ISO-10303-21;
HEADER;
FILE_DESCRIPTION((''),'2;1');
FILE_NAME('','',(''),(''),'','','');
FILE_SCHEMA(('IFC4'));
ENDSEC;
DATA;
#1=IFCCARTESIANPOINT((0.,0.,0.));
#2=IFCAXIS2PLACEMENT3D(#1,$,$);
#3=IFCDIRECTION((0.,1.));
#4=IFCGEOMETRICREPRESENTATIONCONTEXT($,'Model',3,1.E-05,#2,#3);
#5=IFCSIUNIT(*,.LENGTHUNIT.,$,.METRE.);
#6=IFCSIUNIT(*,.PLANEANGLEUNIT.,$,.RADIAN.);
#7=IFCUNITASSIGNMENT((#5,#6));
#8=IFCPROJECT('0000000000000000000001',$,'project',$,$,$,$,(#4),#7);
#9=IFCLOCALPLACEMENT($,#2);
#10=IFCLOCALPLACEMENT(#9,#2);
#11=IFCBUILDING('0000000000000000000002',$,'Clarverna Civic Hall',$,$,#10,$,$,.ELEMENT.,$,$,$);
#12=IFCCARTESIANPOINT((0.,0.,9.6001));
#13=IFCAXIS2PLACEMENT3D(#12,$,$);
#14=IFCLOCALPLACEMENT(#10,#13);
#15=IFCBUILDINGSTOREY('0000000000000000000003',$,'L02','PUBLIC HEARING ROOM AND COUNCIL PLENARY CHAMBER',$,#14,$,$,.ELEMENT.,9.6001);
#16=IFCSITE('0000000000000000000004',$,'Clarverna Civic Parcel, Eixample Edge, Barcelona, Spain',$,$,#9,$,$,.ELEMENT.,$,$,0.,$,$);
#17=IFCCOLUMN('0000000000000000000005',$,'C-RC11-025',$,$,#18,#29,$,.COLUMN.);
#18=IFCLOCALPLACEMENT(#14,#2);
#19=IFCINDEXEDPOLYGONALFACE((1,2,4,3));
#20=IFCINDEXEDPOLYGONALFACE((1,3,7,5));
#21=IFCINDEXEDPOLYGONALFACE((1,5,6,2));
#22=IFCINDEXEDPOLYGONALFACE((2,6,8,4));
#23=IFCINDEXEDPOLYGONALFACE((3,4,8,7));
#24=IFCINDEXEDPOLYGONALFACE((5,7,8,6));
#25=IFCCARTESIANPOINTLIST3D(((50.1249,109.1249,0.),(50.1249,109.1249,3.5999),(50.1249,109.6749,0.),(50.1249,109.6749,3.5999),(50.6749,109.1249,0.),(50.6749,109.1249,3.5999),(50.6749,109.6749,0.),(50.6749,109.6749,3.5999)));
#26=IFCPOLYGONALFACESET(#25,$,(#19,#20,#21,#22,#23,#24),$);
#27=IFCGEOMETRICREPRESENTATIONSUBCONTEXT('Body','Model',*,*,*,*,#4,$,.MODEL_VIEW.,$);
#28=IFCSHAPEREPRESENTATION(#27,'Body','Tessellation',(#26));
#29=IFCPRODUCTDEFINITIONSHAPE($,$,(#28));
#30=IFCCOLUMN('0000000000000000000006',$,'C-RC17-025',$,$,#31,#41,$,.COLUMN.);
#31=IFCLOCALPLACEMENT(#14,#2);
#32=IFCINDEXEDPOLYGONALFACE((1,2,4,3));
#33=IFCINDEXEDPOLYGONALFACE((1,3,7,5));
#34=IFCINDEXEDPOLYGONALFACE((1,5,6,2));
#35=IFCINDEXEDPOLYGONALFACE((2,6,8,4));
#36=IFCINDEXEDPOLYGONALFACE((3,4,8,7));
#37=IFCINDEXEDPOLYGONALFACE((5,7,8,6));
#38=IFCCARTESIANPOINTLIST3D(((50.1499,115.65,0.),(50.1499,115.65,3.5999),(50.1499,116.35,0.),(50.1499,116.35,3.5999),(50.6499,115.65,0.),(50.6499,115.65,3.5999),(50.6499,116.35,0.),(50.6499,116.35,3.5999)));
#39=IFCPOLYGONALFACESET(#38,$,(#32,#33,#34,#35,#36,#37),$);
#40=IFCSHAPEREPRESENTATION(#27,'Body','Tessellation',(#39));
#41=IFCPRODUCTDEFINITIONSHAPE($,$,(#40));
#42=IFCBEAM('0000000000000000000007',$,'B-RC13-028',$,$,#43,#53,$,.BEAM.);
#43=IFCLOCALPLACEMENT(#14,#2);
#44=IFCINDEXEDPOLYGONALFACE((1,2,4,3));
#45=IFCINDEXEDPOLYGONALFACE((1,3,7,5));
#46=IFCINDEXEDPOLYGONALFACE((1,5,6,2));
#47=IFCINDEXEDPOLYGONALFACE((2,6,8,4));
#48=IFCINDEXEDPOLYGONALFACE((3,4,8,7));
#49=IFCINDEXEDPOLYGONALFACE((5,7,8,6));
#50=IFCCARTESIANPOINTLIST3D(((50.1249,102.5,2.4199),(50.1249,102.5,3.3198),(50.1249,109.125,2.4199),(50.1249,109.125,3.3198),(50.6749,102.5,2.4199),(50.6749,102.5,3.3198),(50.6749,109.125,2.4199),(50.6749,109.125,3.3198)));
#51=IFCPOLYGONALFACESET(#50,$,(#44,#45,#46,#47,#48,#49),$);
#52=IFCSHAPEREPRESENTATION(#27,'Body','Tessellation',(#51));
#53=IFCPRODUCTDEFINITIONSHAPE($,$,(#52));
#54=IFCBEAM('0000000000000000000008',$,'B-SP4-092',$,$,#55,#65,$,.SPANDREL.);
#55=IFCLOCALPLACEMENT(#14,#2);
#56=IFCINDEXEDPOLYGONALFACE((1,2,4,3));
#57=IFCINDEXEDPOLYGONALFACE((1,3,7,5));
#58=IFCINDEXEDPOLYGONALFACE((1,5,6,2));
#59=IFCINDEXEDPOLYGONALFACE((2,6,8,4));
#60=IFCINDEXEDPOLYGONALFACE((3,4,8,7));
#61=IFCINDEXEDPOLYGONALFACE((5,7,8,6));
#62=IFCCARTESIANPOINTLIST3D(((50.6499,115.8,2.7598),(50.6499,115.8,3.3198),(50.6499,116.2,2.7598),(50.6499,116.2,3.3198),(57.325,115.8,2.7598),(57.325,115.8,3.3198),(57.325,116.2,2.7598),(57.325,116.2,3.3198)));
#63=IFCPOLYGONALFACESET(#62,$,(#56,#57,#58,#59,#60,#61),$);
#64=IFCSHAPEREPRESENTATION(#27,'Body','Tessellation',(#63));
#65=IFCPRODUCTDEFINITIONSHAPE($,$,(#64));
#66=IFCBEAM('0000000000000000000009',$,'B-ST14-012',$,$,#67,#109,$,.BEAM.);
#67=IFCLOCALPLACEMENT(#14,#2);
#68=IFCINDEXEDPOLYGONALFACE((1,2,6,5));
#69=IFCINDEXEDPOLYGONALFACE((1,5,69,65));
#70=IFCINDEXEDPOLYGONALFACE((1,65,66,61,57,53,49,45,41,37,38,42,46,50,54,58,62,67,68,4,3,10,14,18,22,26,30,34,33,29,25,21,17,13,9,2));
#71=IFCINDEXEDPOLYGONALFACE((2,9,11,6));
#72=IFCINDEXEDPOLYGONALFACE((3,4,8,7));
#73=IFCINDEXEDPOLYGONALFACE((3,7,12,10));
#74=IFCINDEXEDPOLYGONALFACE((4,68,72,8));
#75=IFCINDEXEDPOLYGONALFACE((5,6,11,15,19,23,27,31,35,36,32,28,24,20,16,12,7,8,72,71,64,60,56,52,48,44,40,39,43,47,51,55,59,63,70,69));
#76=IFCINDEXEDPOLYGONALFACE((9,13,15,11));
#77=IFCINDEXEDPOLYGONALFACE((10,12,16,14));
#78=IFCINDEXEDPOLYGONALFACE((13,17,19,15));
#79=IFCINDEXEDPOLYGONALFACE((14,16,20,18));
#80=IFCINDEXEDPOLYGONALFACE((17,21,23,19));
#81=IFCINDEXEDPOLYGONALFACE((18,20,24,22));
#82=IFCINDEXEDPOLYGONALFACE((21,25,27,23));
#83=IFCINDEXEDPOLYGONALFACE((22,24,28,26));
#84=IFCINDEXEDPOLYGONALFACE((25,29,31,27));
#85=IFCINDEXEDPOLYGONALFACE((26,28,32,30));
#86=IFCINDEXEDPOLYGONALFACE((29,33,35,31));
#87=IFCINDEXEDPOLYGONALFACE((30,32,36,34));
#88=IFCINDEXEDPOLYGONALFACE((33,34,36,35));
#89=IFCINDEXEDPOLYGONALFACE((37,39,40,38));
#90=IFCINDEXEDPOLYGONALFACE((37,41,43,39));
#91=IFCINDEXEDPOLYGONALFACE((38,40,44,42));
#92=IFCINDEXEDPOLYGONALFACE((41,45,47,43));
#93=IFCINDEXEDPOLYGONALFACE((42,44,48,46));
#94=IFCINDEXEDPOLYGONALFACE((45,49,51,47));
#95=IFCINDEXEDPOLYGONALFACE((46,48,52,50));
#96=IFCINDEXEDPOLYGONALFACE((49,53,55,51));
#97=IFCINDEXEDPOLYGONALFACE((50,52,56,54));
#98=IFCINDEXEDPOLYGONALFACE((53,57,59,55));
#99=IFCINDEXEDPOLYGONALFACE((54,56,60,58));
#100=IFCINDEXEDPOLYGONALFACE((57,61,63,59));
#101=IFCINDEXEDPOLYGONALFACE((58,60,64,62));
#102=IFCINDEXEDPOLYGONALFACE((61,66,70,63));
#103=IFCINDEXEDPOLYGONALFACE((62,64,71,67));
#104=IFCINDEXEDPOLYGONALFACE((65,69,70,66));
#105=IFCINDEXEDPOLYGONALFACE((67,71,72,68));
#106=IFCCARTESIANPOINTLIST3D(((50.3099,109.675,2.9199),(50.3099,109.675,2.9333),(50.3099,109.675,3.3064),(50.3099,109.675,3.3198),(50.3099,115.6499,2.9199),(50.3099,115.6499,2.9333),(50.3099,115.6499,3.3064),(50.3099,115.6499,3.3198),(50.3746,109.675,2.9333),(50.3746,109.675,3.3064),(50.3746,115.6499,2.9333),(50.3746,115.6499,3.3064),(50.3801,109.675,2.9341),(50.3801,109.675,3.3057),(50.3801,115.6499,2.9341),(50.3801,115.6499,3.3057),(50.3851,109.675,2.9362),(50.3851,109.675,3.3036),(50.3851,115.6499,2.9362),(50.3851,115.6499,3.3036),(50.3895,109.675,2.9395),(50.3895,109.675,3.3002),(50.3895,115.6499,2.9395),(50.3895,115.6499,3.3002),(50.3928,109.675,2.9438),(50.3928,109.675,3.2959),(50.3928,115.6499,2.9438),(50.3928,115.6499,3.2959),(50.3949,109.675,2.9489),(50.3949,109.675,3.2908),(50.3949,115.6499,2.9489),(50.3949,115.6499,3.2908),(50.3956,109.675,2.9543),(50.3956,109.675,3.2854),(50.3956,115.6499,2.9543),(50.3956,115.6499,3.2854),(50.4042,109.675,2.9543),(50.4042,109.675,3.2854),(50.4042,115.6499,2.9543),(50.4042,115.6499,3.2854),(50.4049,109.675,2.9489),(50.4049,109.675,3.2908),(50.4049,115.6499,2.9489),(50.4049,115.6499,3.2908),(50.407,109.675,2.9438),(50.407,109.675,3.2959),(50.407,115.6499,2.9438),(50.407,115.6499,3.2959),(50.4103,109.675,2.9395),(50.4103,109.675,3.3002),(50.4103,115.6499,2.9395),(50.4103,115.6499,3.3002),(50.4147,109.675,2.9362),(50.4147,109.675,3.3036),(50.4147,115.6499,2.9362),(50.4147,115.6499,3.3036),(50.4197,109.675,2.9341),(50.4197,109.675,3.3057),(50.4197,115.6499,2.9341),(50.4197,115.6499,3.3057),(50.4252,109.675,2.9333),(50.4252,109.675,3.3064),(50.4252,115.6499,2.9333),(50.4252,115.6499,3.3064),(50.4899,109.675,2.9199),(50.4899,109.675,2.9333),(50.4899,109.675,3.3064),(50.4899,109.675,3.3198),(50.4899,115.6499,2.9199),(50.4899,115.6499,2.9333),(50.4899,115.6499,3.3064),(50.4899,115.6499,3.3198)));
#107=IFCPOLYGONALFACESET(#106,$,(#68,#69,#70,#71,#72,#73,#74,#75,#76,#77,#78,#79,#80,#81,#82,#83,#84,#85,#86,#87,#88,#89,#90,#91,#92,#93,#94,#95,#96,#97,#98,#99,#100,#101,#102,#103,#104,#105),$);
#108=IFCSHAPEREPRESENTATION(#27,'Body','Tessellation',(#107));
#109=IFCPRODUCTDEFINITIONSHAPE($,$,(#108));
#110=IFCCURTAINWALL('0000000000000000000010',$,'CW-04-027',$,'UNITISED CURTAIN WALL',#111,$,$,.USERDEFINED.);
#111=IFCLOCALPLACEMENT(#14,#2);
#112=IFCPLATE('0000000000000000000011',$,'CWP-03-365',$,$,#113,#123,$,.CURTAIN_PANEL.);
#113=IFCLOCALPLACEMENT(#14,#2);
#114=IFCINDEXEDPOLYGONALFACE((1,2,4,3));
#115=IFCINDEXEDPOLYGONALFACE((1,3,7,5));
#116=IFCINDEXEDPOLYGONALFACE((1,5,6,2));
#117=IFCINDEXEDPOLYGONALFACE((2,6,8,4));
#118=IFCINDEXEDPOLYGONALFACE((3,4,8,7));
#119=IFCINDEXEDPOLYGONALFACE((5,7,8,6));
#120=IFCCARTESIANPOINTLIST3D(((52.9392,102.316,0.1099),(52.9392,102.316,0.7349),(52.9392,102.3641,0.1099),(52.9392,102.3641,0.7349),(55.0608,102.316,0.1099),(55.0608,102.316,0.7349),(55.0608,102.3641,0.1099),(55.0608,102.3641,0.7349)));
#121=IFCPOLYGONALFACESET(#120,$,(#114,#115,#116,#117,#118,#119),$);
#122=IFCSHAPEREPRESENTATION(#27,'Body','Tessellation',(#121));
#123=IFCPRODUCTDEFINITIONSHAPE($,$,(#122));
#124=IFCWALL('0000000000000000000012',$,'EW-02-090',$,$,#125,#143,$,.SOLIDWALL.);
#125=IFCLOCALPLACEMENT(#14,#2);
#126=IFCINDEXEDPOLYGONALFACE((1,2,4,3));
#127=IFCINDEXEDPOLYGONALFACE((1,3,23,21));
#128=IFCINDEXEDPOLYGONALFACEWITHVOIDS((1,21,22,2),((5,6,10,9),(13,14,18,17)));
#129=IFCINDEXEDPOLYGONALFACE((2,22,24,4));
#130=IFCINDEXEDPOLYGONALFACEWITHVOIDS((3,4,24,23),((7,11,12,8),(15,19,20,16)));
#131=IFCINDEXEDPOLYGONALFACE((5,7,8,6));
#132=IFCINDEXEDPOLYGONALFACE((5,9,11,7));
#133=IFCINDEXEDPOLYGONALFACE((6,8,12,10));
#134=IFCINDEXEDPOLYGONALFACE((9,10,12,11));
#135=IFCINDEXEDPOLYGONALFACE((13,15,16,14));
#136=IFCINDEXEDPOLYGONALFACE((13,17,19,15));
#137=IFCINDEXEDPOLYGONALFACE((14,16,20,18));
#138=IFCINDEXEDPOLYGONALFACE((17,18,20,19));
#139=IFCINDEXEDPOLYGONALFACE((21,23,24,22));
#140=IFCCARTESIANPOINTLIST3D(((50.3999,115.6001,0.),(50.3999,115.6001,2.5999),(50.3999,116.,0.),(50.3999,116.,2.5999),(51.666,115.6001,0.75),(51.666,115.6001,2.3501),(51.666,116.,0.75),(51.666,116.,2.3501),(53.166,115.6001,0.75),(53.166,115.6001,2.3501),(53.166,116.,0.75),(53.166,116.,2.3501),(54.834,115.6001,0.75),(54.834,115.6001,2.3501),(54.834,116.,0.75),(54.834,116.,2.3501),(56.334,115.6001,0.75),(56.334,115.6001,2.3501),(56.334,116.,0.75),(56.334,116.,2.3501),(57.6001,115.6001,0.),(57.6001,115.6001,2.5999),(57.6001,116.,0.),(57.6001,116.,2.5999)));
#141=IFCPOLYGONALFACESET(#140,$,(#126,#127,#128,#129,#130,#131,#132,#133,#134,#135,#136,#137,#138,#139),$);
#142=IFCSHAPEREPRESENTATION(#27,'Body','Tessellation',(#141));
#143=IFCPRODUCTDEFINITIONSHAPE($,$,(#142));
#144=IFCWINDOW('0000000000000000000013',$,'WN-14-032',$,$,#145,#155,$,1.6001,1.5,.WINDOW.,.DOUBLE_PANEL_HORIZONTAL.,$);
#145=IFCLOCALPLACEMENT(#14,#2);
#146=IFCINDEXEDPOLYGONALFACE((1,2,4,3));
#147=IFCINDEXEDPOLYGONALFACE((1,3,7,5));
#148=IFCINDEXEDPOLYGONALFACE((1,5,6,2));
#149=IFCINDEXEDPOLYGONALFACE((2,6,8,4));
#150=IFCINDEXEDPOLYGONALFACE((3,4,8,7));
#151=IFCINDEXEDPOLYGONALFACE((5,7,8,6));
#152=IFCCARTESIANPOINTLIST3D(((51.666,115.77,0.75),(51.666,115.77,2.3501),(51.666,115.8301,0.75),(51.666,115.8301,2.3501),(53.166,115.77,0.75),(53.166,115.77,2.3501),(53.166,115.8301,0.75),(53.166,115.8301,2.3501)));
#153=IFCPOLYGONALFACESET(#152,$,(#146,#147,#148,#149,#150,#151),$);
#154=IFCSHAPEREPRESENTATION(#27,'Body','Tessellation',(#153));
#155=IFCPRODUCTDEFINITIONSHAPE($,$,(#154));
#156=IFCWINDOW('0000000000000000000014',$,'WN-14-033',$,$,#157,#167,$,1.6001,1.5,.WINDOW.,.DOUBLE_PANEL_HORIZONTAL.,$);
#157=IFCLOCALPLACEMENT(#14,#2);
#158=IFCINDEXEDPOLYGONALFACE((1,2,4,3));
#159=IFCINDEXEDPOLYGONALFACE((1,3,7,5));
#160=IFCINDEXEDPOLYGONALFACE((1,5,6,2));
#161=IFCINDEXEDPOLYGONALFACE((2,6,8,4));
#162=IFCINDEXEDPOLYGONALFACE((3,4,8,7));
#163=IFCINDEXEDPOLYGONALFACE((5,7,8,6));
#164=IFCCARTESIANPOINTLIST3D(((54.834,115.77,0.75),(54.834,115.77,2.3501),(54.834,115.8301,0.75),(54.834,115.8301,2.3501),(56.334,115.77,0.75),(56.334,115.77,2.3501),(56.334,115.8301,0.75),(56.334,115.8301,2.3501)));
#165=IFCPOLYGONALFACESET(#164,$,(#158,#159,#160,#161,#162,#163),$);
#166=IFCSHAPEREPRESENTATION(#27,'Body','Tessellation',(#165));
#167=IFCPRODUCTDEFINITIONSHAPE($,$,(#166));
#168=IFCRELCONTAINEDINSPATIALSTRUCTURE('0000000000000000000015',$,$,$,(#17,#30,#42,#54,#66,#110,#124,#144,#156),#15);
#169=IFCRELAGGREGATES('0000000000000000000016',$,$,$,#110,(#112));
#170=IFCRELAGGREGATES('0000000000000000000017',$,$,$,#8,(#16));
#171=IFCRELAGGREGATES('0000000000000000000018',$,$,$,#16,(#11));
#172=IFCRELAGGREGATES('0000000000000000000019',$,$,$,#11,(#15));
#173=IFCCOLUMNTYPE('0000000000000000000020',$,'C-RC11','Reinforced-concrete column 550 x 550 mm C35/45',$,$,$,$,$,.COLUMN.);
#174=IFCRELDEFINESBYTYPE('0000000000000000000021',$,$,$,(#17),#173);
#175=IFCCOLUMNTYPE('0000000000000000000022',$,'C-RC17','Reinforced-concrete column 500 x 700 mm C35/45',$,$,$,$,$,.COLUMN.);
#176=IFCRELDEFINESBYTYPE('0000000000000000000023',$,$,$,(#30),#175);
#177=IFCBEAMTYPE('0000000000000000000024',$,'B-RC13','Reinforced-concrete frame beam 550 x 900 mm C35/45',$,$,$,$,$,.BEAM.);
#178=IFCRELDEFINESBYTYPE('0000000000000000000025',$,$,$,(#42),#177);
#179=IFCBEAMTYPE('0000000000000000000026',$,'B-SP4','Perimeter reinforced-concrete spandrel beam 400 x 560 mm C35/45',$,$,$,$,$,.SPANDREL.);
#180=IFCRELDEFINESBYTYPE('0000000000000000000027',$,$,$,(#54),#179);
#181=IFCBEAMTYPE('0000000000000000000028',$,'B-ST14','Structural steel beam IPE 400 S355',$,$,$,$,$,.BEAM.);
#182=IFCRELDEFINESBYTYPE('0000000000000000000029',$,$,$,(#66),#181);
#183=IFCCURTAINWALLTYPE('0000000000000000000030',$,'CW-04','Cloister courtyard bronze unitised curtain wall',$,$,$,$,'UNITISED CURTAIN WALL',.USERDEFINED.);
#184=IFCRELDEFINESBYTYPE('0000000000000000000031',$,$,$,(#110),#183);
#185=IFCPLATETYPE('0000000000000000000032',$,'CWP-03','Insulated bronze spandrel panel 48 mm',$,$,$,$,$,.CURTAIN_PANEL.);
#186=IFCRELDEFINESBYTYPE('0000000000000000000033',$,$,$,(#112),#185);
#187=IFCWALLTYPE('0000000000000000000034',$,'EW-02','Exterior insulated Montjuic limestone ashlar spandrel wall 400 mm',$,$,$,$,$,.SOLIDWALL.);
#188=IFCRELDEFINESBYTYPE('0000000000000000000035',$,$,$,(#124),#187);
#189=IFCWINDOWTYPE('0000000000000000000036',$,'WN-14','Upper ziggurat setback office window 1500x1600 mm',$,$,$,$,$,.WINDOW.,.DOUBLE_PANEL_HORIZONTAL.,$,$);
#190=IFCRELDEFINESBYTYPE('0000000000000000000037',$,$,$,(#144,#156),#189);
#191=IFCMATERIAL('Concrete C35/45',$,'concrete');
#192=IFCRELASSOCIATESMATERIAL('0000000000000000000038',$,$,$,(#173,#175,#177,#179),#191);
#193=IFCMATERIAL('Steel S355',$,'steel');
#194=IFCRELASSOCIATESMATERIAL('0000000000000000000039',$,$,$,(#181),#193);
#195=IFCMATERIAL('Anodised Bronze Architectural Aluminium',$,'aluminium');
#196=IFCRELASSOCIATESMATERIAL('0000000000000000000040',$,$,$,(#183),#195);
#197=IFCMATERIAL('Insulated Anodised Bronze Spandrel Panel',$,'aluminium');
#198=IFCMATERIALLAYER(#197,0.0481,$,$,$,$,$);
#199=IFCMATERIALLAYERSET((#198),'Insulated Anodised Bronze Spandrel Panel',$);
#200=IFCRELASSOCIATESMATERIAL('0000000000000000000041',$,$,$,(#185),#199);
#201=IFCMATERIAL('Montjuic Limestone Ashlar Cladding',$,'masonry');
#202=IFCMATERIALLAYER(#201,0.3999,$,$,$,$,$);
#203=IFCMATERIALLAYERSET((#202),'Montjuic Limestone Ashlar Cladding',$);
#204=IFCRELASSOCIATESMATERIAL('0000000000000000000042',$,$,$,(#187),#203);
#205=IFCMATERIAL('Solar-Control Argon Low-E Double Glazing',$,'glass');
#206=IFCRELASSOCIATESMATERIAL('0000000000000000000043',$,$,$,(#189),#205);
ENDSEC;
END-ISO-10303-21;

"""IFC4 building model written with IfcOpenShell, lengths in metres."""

from ifc_helpers import new_model, si_unit, direction, frame, frame_2d, origin, origin_2d, place, context, subcontext, project, spatial, rectangle, i_section, extrude, material, layer, layer_set, material_profile, profile_set, type_object, element, fill, aggregate, save


model = new_model("IFC4")

# Units and contexts
model_context = context("Model", 3, precision=1e-05, world=origin(), true_north=direction((0.0, 1.0)))
body_context = subcontext(model_context, "Body", "Model", "MODEL_VIEW")
ifc_project = project(units=[si_unit("LENGTHUNIT", "METRE"), si_unit("PLANEANGLEUNIT", "RADIAN")], contexts=[model_context])

# Site, building, storey
site_placement = place(None, origin())
site = spatial("IfcSite", under=ifc_project, at=site_placement, Name="Clarverna Civic Parcel, Eixample Edge, Barcelona, Spain", CompositionType="ELEMENT", RefElevation=0.0)
building_placement = place(site_placement, origin())
building = spatial("IfcBuilding", under=site, at=building_placement, Name="Clarverna Civic Hall", CompositionType="ELEMENT")
storey_placement = place(building_placement, frame((0.0, 0.0, 9.6001)))
storey = spatial("IfcBuildingStorey", under=building, at=storey_placement, Name="L02", Description="PUBLIC HEARING ROOM AND COUNCIL PLENARY CHAMBER", CompositionType="ELEMENT", Elevation=9.6001)

# Columns
ifc_material_1 = material(Name="Concrete C35/45", Category="concrete")
ifc_material_profile_1 = material_profile(ifc_material_1, rectangle(XDim=0.55, YDim=0.55, at=origin_2d()), Name="RC 550x550")
ifc_profile_set_1 = profile_set([ifc_material_profile_1], Name="Concrete C35/45")
column_type_1 = type_object("IfcColumnType", Name="C-RC11", Description="Reinforced-concrete column 550 x 550 mm C35/45", PredefinedType="COLUMN", material=ifc_profile_set_1)
column_1_placement = place(storey_placement, frame((50.3999, 109.3999, 0.0), z_axis=(0.0, 0.0, 1.0), x_axis=(1.0, 0.0, 0.0)))
element("IfcColumn", 1, at=column_1_placement, inside=storey, type_object=column_type_1, Name="C-RC11-025", PredefinedType="COLUMN", context=body_context, shape_type="SweptSolid", body=[
    extrude(rectangle(XDim=0.55, YDim=0.55, at=origin_2d()), origin(), (0.0, 0.0, 1.0), 3.5999),
])
ifc_material_profile_2 = material_profile(ifc_material_1, rectangle(XDim=0.5, YDim=0.7, at=origin_2d()), Name="RC 500x700")
ifc_profile_set_2 = profile_set([ifc_material_profile_2], Name="Concrete C35/45")
column_type_2 = type_object("IfcColumnType", Name="C-RC17", Description="Reinforced-concrete column 500 x 700 mm C35/45", PredefinedType="COLUMN", material=ifc_profile_set_2)
column_2_placement = place(storey_placement, frame((50.3999, 116.0, 0.0), z_axis=(0.0, 0.0, 1.0), x_axis=(1.0, 0.0, 0.0)))
element("IfcColumn", 2, at=column_2_placement, inside=storey, type_object=column_type_2, Name="C-RC17-025", PredefinedType="COLUMN", context=body_context, shape_type="SweptSolid", body=[
    extrude(rectangle(XDim=0.5, YDim=0.7, at=origin_2d()), origin(), (0.0, 0.0, 1.0), 3.5999),
])

# Beams
ifc_material_profile_3 = material_profile(ifc_material_1, rectangle(XDim=0.55, YDim=0.8999, at=origin_2d()), Name="RC 550x900")
ifc_profile_set_3 = profile_set([ifc_material_profile_3], Name="Concrete C35/45")
beam_type_1 = type_object("IfcBeamType", Name="B-RC13", Description="Reinforced-concrete frame beam 550 x 900 mm C35/45", PredefinedType="BEAM", material=ifc_profile_set_3)
beam_1_placement = place(storey_placement, frame((50.3999, 102.5, 2.8699), z_axis=(0.0, 1.0, 0.0), x_axis=(-1.0, 0.0, 0.0)))
element("IfcBeam", 3, at=beam_1_placement, inside=storey, type_object=beam_type_1, Name="B-RC13-028", PredefinedType="BEAM", context=body_context, shape_type="SweptSolid", body=[
    extrude(rectangle(XDim=0.55, YDim=0.8999, at=origin_2d()), origin(), (0.0, 0.0, 1.0), 6.625),
])
ifc_material_profile_4 = material_profile(ifc_material_1, rectangle(XDim=0.3999, YDim=0.5601, at=origin_2d()), Name="RC 400x560")
ifc_profile_set_4 = profile_set([ifc_material_profile_4], Name="Concrete C35/45")
beam_type_2 = type_object("IfcBeamType", Name="B-SP4", Description="Perimeter reinforced-concrete spandrel beam 400 x 560 mm C35/45", PredefinedType="SPANDREL", material=ifc_profile_set_4)
beam_2_placement = place(storey_placement, frame((50.6499, 116.0, 3.0398), z_axis=(1.0, 0.0, 0.0), x_axis=(0.0, 1.0, 0.0)))
element("IfcBeam", 4, at=beam_2_placement, inside=storey, type_object=beam_type_2, Name="B-SP4-092", PredefinedType="SPANDREL", context=body_context, shape_type="SweptSolid", body=[
    extrude(rectangle(XDim=0.3999, YDim=0.5601, at=origin_2d()), origin(), (0.0, 0.0, 1.0), 6.675),
])
ifc_material_2 = material(Name="Steel S355", Category="steel")
ifc_material_profile_5 = material_profile(ifc_material_2, i_section(OverallWidth=0.1799, OverallDepth=0.3999, WebThickness=0.0085, FlangeThickness=0.0134, FilletRadius=0.021, at=origin_2d()), Name="IPE 400")
ifc_profile_set_5 = profile_set([ifc_material_profile_5], Name="Steel S355")
beam_type_3 = type_object("IfcBeamType", Name="B-ST14", Description="Structural steel beam IPE 400 S355", PredefinedType="BEAM", material=ifc_profile_set_5)
beam_3_placement = place(storey_placement, frame((50.3999, 109.675, 3.1199), z_axis=(0.0, 1.0, 0.0), x_axis=(-1.0, 0.0, 0.0)))
element("IfcBeam", 5, at=beam_3_placement, inside=storey, type_object=beam_type_3, Name="B-ST14-012", PredefinedType="BEAM", context=body_context, shape_type="SweptSolid", body=[
    extrude(i_section(OverallWidth=0.1799, OverallDepth=0.3999, WebThickness=0.0085, FlangeThickness=0.0134, FilletRadius=0.021, at=origin_2d()), origin(), (0.0, 0.0, 1.0), 5.9749),
])

# Curtain wall, plate
ifc_material_3 = material(Name="Anodised Bronze Architectural Aluminium", Category="aluminium")
curtain_wall_type = type_object("IfcCurtainWallType", Name="CW-04", Description="Cloister courtyard bronze unitised curtain wall", ElementType="UNITISED CURTAIN WALL", PredefinedType="USERDEFINED", material=ifc_material_3)
curtain_wall_placement = place(storey_placement, origin())
curtain_wall = element("IfcCurtainWall", 6, at=curtain_wall_placement, inside=storey, type_object=curtain_wall_type, Name="CW-04-027", ObjectType="UNITISED CURTAIN WALL", PredefinedType="USERDEFINED")
ifc_material_4 = material(Name="Insulated Anodised Bronze Spandrel Panel", Category="aluminium")
ifc_layer_1 = layer(ifc_material_4, 0.0481)
ifc_layer_set_1 = layer_set([ifc_layer_1], Name="Insulated Anodised Bronze Spandrel Panel")
plate_type = type_object("IfcPlateType", Name="CWP-03", Description="Insulated bronze spandrel panel 48 mm", PredefinedType="CURTAIN_PANEL", material=ifc_layer_set_1)
plate_placement = place(storey_placement, frame((55.0608, 102.3401, 0.1099), z_axis=(0.0, 0.0, 1.0), x_axis=(-1.0, 0.0, 0.0)))
plate = element("IfcPlate", 7, at=plate_placement, type_object=plate_type, Name="CWP-03-365", PredefinedType="CURTAIN_PANEL", context=body_context, shape_type="SweptSolid", body=[
    extrude(rectangle(XDim=2.1216, YDim=0.0481, at=frame_2d((1.0608, 0.0))), origin(), (0.0, 0.0, 1.0), 0.625),
])
aggregate(curtain_wall, [plate])

# Wall, openings, windows
ifc_material_5 = material(Name="Montjuic Limestone Ashlar Cladding", Category="masonry")
ifc_layer_2 = layer(ifc_material_5, 0.3999)
ifc_layer_set_2 = layer_set([ifc_layer_2], Name="Montjuic Limestone Ashlar Cladding")
wall_type_1 = type_object("IfcWallType", Name="EW-02", Description="Exterior insulated Montjuic limestone ashlar spandrel wall 400 mm", PredefinedType="SOLIDWALL", material=ifc_layer_set_2)
wall_1_placement = place(storey_placement, frame((50.3999, 115.8, 0.0), z_axis=(0.0, 0.0, 1.0), x_axis=(1.0, 0.0, 0.0)))
wall_1 = element("IfcWall", 8, at=wall_1_placement, inside=storey, type_object=wall_type_1, Name="EW-02-090", PredefinedType="SOLIDWALL", context=body_context, shape_type="SweptSolid", body=[
    extrude(rectangle(XDim=7.2002, YDim=0.3999, at=frame_2d((3.6001, 0.0))), origin(), (0.0, 0.0, 1.0), 2.5999),
])
opening_1_placement = place(wall_1_placement, frame((1.2661, 0.0, 0.75)))
opening_1 = element("IfcOpeningElement", 9, at=opening_1_placement, cuts=wall_1, PredefinedType="OPENING", context=body_context, shape_type="SweptSolid", body=[
    extrude(rectangle(XDim=1.5, YDim=1.6001, at=frame_2d((0.75, 0.8))), frame((0.0, 0.21, 0.0), z_axis=(0.0, -1.0, 0.0), x_axis=(1.0, 0.0, 0.0)), (0.0, 0.0, 1.0), 0.4199),
])
opening_2_placement = place(wall_1_placement, frame((4.4341, 0.0, 0.75)))
opening_2 = element("IfcOpeningElement", 10, at=opening_2_placement, cuts=wall_1, PredefinedType="OPENING", context=body_context, shape_type="SweptSolid", body=[
    extrude(rectangle(XDim=1.5, YDim=1.6001, at=frame_2d((0.75, 0.8))), frame((0.0, 0.21, 0.0), z_axis=(0.0, -1.0, 0.0), x_axis=(1.0, 0.0, 0.0)), (0.0, 0.0, 1.0), 0.4199),
])
ifc_material_6 = material(Name="Solar-Control Argon Low-E Double Glazing", Category="glass")
window_type = type_object("IfcWindowType", Name="WN-14", Description="Upper ziggurat setback office window 1500x1600 mm", PartitioningType="DOUBLE_PANEL_HORIZONTAL", PredefinedType="WINDOW", material=ifc_material_6)
window_1_placement = place(opening_1_placement, origin())
window_1 = element("IfcWindow", 11, at=window_1_placement, inside=storey, type_object=window_type, Name="WN-14-032", OverallHeight=1.6001, OverallWidth=1.5, PartitioningType="DOUBLE_PANEL_HORIZONTAL", PredefinedType="WINDOW", context=body_context, shape_type="SweptSolid", body=[
    extrude(rectangle(XDim=1.5, YDim=1.6001, at=frame_2d((0.75, 0.8))), frame((0.0, 0.03, 0.0), z_axis=(0.0, -1.0, 0.0), x_axis=(1.0, 0.0, 0.0)), (0.0, 0.0, 1.0), 0.0601),
])
fill(opening_1, window_1)
window_2_placement = place(opening_2_placement, origin())
window_2 = element("IfcWindow", 12, at=window_2_placement, inside=storey, type_object=window_type, Name="WN-14-033", OverallHeight=1.6001, OverallWidth=1.5, PartitioningType="DOUBLE_PANEL_HORIZONTAL", PredefinedType="WINDOW", context=body_context, shape_type="SweptSolid", body=[
    extrude(rectangle(XDim=1.5, YDim=1.6001, at=frame_2d((0.75, 0.8))), frame((0.0, 0.03, 0.0), z_axis=(0.0, -1.0, 0.0), x_axis=(1.0, 0.0, 0.0)), (0.0, 0.0, 1.0), 0.0601),
])
fill(opening_2, window_2)

save(model, "model.ifc")
